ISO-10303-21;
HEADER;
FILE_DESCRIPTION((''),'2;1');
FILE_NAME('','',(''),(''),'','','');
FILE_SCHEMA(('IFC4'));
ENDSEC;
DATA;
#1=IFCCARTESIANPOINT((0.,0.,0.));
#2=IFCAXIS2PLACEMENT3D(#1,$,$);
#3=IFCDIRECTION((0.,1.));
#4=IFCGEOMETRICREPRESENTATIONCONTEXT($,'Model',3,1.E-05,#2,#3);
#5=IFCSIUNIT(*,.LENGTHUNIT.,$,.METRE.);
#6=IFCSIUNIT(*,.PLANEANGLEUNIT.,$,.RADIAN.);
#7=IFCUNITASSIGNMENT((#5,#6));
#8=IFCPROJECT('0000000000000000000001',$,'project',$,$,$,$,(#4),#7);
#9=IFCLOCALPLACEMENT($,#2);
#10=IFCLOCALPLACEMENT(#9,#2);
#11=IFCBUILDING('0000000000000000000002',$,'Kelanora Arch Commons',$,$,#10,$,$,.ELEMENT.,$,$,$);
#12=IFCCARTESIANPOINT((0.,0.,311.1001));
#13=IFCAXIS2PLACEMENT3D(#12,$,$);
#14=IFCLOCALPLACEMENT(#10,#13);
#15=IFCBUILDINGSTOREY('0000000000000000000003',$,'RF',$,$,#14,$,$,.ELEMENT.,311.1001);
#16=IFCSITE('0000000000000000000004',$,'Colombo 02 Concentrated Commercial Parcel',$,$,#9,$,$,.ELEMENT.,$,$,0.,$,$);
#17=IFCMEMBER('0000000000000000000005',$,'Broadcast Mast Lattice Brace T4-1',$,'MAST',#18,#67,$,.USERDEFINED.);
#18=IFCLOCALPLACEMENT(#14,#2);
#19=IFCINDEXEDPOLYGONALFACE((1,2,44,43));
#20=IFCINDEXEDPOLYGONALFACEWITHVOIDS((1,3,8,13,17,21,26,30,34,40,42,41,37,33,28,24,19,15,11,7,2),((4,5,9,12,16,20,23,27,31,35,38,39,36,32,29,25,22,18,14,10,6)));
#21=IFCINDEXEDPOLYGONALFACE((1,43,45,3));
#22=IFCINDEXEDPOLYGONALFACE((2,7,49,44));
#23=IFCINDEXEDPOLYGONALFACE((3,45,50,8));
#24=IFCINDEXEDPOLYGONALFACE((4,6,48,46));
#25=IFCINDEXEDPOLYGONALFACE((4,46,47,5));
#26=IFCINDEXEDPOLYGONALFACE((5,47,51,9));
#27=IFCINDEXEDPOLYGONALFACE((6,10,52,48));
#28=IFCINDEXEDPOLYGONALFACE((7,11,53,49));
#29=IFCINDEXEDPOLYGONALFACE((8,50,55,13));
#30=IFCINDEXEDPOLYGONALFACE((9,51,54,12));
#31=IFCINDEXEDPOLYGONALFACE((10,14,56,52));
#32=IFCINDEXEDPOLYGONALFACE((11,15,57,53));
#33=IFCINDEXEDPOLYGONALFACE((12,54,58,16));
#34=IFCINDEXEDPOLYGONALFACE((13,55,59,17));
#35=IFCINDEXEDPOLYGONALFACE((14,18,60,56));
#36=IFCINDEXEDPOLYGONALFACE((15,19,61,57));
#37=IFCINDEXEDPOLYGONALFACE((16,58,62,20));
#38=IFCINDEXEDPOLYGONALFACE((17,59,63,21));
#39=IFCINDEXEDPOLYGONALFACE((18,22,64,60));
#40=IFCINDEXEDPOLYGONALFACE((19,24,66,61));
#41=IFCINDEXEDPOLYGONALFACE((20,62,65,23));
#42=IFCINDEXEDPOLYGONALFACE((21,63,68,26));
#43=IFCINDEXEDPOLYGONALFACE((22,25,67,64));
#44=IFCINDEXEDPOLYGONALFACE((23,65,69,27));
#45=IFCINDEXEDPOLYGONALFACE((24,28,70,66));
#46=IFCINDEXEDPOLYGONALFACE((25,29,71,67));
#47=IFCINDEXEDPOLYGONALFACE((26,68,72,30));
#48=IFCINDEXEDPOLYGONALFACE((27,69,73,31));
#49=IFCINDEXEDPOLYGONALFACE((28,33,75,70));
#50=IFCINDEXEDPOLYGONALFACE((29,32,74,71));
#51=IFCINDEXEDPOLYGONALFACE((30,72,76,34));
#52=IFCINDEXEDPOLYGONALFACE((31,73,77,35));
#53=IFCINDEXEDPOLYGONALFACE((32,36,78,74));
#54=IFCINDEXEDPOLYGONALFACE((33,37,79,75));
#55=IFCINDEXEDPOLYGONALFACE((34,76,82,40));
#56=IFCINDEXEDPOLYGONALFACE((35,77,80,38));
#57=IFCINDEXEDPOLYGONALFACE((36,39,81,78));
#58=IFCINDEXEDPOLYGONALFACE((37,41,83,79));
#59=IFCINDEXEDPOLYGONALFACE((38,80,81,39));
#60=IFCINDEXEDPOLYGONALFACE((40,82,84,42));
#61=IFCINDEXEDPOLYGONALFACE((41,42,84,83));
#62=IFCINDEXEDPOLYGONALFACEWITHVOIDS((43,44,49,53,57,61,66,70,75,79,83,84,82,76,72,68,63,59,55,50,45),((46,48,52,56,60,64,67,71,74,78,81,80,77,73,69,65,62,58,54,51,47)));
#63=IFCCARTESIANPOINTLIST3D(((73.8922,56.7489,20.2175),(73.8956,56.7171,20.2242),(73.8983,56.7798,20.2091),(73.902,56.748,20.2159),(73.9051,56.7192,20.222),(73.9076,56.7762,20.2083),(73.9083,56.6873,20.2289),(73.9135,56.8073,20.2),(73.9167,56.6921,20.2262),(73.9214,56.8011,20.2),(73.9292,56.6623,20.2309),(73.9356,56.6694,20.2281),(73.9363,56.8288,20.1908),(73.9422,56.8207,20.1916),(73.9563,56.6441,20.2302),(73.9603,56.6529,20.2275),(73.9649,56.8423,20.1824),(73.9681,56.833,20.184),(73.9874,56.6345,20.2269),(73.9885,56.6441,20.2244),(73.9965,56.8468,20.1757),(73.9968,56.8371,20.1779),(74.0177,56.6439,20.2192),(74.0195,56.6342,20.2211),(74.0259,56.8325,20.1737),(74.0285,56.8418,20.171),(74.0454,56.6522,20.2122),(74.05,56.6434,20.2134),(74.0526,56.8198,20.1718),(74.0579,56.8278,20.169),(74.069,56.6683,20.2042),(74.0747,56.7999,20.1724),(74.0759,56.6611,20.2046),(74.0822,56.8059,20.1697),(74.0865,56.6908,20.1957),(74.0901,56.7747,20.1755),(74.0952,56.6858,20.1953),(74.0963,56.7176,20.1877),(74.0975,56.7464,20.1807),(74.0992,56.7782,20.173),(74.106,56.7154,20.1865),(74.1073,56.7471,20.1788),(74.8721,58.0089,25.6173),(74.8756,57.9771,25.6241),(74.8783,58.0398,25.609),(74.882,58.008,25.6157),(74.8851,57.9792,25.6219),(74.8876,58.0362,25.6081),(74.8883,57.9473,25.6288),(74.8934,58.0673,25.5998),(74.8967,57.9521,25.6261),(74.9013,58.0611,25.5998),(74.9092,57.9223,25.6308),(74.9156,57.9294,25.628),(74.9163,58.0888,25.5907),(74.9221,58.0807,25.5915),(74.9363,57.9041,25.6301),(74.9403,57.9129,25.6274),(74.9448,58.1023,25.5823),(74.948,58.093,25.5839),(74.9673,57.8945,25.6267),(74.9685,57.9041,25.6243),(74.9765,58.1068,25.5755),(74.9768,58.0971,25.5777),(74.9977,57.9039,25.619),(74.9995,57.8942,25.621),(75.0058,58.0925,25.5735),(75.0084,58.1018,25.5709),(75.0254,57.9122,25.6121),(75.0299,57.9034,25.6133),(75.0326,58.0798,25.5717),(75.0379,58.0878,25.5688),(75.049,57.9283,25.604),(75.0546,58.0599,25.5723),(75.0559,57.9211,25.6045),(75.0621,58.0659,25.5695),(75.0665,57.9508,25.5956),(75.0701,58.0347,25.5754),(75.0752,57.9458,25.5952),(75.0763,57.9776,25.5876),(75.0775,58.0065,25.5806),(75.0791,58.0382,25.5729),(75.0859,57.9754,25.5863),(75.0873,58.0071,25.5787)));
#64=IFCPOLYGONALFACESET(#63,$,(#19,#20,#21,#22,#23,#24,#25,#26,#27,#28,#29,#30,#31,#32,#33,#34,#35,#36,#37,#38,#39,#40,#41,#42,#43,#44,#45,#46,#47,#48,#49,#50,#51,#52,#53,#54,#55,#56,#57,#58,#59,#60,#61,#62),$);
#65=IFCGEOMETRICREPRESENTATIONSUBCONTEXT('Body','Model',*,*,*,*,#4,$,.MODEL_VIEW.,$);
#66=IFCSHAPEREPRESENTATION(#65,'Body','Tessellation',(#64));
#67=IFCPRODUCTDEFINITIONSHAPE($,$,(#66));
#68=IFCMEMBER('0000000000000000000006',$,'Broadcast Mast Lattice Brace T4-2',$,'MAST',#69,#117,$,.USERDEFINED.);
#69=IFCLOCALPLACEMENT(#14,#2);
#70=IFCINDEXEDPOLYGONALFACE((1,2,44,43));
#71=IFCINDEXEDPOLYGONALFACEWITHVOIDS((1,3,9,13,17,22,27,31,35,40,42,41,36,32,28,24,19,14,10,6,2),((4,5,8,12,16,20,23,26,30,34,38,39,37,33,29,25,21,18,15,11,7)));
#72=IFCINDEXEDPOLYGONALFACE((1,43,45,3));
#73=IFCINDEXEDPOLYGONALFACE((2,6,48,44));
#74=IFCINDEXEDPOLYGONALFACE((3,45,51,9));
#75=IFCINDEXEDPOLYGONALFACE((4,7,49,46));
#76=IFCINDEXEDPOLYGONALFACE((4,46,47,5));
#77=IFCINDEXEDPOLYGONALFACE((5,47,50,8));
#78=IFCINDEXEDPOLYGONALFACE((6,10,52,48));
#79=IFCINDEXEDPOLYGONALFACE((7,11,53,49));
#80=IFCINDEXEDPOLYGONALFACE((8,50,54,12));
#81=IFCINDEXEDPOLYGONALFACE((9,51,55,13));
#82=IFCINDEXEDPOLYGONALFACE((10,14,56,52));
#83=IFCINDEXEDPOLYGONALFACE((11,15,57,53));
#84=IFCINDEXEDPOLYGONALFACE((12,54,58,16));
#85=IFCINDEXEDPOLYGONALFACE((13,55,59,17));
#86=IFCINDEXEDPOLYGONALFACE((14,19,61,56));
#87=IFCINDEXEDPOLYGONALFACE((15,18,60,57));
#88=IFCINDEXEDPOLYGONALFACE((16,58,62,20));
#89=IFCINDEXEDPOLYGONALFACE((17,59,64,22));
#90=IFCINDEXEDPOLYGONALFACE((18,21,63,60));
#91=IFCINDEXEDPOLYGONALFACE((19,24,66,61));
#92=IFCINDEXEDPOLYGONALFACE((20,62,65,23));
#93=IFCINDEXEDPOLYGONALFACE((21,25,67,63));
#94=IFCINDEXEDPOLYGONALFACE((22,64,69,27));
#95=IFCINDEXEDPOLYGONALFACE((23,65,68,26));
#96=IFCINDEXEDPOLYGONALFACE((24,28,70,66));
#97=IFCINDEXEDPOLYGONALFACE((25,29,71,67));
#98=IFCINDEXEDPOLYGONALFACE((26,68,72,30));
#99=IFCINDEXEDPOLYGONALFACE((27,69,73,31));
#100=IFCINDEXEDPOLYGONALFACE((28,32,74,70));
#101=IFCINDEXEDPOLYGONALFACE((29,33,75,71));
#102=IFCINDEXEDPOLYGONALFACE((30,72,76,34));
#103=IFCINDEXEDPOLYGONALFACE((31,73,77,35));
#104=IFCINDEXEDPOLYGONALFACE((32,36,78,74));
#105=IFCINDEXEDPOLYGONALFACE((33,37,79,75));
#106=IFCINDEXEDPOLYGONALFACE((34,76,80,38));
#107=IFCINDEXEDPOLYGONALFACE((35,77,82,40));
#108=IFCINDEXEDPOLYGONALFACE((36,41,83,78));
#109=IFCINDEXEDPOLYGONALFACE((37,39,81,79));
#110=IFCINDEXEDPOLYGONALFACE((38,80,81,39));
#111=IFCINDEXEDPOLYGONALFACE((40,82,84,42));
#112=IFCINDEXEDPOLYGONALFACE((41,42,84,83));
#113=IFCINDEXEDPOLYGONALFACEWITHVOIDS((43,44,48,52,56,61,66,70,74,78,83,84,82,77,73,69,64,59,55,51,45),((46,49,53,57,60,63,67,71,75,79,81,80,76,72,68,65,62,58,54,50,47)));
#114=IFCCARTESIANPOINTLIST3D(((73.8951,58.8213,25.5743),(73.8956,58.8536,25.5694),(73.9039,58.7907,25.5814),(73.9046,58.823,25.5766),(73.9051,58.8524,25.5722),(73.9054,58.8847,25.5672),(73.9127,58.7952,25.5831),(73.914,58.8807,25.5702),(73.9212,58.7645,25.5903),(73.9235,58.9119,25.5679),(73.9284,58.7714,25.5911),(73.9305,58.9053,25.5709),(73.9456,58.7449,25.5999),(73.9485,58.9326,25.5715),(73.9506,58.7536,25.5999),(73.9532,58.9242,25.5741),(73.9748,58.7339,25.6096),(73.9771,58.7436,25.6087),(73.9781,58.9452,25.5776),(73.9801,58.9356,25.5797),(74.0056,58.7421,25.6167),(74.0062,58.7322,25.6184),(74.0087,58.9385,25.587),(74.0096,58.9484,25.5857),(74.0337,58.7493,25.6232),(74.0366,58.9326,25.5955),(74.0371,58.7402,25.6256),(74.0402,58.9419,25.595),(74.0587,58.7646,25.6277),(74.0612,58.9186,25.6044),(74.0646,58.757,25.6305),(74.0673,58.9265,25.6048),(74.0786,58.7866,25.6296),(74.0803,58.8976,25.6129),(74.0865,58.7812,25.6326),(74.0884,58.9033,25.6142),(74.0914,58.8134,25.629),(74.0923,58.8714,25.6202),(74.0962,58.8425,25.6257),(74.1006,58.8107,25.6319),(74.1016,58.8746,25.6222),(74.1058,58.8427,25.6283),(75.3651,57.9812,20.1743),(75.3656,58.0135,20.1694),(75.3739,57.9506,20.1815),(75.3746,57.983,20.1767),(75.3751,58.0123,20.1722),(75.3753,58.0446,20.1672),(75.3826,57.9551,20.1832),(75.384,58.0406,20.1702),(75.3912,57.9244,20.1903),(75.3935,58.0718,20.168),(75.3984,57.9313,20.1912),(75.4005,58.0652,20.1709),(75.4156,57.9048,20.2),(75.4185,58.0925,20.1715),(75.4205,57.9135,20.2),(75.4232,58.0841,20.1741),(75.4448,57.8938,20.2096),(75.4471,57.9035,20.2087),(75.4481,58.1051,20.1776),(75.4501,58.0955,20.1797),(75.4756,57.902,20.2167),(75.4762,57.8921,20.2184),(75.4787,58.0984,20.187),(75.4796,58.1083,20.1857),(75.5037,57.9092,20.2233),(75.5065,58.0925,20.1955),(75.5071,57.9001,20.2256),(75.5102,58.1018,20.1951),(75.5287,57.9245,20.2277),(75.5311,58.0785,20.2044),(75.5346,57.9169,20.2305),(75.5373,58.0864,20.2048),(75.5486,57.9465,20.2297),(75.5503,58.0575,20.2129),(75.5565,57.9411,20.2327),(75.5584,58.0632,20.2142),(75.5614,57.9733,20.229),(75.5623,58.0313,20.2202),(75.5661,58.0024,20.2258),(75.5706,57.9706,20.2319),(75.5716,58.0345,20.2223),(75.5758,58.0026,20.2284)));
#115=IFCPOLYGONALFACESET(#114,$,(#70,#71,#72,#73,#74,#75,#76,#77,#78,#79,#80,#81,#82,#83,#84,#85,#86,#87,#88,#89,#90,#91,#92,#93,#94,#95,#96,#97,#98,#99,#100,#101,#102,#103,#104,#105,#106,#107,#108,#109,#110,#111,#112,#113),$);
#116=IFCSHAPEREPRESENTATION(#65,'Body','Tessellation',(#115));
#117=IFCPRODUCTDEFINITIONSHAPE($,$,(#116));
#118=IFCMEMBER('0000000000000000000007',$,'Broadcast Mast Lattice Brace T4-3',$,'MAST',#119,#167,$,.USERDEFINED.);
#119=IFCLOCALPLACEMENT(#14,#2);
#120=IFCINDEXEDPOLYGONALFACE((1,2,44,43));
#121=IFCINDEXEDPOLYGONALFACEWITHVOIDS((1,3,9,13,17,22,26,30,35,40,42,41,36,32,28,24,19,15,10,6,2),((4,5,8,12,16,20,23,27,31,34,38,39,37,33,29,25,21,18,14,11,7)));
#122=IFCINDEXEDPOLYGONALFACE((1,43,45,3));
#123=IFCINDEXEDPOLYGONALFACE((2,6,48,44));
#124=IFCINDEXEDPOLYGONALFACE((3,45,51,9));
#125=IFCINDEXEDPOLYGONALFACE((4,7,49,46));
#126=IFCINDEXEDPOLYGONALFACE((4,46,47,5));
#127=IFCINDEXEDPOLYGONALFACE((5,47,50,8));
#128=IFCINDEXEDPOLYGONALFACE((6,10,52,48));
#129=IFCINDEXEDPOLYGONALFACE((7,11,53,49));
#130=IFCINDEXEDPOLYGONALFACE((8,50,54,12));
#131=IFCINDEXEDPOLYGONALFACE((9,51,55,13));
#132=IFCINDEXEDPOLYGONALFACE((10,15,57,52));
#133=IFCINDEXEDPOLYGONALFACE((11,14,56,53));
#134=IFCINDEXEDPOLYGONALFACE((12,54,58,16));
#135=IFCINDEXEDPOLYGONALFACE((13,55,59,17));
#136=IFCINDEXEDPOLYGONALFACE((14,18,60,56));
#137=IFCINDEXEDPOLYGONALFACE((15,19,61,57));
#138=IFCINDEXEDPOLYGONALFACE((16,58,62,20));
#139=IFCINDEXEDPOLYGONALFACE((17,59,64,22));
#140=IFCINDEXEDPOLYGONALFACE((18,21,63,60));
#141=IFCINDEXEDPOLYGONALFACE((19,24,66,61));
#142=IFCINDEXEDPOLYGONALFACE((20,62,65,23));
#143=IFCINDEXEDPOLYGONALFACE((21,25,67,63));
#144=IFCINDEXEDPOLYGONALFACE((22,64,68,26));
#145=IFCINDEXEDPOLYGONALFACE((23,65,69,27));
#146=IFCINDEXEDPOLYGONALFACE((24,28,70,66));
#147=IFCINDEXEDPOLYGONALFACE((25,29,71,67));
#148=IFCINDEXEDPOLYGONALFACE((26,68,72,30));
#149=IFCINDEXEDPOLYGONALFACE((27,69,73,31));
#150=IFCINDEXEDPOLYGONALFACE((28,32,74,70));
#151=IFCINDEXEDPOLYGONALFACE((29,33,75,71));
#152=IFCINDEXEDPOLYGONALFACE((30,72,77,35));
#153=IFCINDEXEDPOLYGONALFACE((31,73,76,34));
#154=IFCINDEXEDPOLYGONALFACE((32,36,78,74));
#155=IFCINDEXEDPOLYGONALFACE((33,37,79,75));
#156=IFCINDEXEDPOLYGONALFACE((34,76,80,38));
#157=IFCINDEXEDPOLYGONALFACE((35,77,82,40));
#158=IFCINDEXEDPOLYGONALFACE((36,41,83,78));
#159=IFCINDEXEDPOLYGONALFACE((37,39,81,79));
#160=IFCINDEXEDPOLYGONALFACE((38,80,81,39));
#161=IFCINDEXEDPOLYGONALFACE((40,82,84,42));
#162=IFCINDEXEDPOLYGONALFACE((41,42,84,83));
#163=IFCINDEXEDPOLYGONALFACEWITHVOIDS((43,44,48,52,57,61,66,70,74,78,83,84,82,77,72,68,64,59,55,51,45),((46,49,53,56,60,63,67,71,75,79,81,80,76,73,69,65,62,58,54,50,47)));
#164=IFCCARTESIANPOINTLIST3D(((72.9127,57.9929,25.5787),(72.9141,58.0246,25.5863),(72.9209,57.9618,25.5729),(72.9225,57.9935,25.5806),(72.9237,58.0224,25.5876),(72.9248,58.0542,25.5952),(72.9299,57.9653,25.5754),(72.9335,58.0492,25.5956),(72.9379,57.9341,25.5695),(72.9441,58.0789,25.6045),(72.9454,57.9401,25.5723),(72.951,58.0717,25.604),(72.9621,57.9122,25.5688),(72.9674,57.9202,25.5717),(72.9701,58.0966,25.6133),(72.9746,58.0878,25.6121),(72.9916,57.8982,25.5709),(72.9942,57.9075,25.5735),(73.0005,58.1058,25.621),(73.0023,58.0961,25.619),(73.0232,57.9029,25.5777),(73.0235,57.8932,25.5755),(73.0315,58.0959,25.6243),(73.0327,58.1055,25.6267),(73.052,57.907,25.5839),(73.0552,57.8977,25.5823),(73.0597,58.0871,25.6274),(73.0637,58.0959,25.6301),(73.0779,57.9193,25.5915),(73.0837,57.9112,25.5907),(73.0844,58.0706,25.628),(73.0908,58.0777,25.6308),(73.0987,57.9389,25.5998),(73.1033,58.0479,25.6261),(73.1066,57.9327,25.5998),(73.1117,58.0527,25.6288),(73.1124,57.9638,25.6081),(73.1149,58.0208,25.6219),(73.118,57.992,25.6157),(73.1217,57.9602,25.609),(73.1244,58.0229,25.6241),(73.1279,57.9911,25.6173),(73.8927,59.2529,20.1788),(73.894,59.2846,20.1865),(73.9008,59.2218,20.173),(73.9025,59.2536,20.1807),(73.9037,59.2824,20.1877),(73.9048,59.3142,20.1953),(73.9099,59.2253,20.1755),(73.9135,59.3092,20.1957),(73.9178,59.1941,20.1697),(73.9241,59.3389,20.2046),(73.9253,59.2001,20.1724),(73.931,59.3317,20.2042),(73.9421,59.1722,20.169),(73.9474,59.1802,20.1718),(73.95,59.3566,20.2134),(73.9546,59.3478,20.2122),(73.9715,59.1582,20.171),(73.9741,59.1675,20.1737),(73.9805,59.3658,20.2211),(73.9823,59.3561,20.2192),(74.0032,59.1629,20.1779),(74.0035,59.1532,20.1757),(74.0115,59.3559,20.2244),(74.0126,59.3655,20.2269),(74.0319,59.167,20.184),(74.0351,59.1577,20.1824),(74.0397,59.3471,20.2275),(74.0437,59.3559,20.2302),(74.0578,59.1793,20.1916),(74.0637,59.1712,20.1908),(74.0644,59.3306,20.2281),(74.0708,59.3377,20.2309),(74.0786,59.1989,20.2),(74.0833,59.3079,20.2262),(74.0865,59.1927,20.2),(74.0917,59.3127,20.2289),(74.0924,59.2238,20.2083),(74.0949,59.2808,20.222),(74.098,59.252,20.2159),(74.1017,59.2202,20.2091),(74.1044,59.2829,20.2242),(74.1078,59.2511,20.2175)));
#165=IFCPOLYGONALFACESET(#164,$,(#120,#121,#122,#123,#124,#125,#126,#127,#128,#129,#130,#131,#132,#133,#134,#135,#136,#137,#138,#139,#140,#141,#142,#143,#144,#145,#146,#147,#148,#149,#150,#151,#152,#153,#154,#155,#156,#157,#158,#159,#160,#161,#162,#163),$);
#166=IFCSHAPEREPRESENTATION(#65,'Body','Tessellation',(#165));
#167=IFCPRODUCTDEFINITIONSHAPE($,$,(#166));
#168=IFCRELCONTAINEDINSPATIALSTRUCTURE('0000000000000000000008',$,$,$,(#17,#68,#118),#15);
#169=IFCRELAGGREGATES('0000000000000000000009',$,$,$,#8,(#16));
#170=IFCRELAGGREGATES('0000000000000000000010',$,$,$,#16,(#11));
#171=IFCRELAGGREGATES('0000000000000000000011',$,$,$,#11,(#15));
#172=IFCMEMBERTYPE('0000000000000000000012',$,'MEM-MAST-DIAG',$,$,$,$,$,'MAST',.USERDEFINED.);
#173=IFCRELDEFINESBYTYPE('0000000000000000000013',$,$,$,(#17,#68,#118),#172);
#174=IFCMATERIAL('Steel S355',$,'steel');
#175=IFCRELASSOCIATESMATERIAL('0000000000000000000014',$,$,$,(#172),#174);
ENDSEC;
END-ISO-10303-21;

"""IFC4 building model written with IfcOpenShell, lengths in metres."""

from ifc_helpers import new_model, si_unit, direction, frame, origin, origin_2d, place, context, subcontext, project, spatial, hollow_circle, extrude, material, material_profile, profile_set, type_object, element, save


model = new_model("IFC4")

# Units and contexts
model_context = context("Model", 3, precision=1e-05, world=origin(), true_north=direction((0.0, 1.0)))
body_context = subcontext(model_context, "Body", "Model", "MODEL_VIEW")
ifc_project = project(units=[si_unit("LENGTHUNIT", "METRE"), si_unit("PLANEANGLEUNIT", "RADIAN")], contexts=[model_context])

# Site, building, storey
site_placement = place(None, origin())
site = spatial("IfcSite", under=ifc_project, at=site_placement, Name="Colombo 02 Concentrated Commercial Parcel", CompositionType="ELEMENT", RefElevation=0.0)
building_placement = place(site_placement, origin())
building = spatial("IfcBuilding", under=site, at=building_placement, Name="Kelanora Arch Commons", CompositionType="ELEMENT")
storey_placement = place(building_placement, frame((0.0, 0.0, 311.1001)))
storey = spatial("IfcBuildingStorey", under=building, at=storey_placement, Name="RF", CompositionType="ELEMENT", Elevation=311.1001)

# Members
ifc_material = material(Name="Steel S355", Category="steel")
ifc_material_profile_1 = material_profile(ifc_material, hollow_circle(Radius=0.1096, WallThickness=0.01, at=origin_2d()), Name="CHS219.1x10")
ifc_profile_set_1 = profile_set([ifc_material_profile_1], Name="Steel S355")
member_type_1 = type_object("IfcMemberType", Name="MEM-MAST-DIAG", ElementType="MAST", PredefinedType="USERDEFINED", material=ifc_profile_set_1)
member_1_placement = place(storey_placement, frame((74.0, 56.74, 20.2), z_axis=(0.174036, 0.223767, 0.958978), x_axis=(-0.78936, 0.61393, 0.0)))
element("IfcMember", 1, at=member_1_placement, inside=storey, type_object=member_type_1, Name="Broadcast Mast Lattice Brace T4-1", ObjectType="MAST", PredefinedType="USERDEFINED", context=body_context, shape_type="SweptSolid", body=[
    extrude(hollow_circle(Radius=0.1096, WallThickness=0.01, at=origin_2d()), origin(), (0.0, 0.0, 1.0), 5.6309),
])
member_2_placement = place(storey_placement, frame((75.47, 58.0, 20.2), z_axis=(-0.259753, 0.148449, 0.954197), x_axis=(-0.496186, -0.868217, 0.0)))
element("IfcMember", 2, at=member_2_placement, inside=storey, type_object=member_type_1, Name="Broadcast Mast Lattice Brace T4-2", ObjectType="MAST", PredefinedType="USERDEFINED", context=body_context, shape_type="SweptSolid", body=[
    extrude(hollow_circle(Radius=0.1096, WallThickness=0.01, at=origin_2d()), origin(), (0.0, 0.0, 1.0), 5.6592),
])
member_3_placement = place(storey_placement, frame((74.0, 59.26, 20.2), z_axis=(-0.174036, -0.223767, 0.958978), x_axis=(0.78936, -0.61393, 0.0)))
element("IfcMember", 3, at=member_3_placement, inside=storey, type_object=member_type_1, Name="Broadcast Mast Lattice Brace T4-3", ObjectType="MAST", PredefinedType="USERDEFINED", context=body_context, shape_type="SweptSolid", body=[
    extrude(hollow_circle(Radius=0.1096, WallThickness=0.01, at=origin_2d()), origin(), (0.0, 0.0, 1.0), 5.6309),
])

save(model, "model.ifc")
